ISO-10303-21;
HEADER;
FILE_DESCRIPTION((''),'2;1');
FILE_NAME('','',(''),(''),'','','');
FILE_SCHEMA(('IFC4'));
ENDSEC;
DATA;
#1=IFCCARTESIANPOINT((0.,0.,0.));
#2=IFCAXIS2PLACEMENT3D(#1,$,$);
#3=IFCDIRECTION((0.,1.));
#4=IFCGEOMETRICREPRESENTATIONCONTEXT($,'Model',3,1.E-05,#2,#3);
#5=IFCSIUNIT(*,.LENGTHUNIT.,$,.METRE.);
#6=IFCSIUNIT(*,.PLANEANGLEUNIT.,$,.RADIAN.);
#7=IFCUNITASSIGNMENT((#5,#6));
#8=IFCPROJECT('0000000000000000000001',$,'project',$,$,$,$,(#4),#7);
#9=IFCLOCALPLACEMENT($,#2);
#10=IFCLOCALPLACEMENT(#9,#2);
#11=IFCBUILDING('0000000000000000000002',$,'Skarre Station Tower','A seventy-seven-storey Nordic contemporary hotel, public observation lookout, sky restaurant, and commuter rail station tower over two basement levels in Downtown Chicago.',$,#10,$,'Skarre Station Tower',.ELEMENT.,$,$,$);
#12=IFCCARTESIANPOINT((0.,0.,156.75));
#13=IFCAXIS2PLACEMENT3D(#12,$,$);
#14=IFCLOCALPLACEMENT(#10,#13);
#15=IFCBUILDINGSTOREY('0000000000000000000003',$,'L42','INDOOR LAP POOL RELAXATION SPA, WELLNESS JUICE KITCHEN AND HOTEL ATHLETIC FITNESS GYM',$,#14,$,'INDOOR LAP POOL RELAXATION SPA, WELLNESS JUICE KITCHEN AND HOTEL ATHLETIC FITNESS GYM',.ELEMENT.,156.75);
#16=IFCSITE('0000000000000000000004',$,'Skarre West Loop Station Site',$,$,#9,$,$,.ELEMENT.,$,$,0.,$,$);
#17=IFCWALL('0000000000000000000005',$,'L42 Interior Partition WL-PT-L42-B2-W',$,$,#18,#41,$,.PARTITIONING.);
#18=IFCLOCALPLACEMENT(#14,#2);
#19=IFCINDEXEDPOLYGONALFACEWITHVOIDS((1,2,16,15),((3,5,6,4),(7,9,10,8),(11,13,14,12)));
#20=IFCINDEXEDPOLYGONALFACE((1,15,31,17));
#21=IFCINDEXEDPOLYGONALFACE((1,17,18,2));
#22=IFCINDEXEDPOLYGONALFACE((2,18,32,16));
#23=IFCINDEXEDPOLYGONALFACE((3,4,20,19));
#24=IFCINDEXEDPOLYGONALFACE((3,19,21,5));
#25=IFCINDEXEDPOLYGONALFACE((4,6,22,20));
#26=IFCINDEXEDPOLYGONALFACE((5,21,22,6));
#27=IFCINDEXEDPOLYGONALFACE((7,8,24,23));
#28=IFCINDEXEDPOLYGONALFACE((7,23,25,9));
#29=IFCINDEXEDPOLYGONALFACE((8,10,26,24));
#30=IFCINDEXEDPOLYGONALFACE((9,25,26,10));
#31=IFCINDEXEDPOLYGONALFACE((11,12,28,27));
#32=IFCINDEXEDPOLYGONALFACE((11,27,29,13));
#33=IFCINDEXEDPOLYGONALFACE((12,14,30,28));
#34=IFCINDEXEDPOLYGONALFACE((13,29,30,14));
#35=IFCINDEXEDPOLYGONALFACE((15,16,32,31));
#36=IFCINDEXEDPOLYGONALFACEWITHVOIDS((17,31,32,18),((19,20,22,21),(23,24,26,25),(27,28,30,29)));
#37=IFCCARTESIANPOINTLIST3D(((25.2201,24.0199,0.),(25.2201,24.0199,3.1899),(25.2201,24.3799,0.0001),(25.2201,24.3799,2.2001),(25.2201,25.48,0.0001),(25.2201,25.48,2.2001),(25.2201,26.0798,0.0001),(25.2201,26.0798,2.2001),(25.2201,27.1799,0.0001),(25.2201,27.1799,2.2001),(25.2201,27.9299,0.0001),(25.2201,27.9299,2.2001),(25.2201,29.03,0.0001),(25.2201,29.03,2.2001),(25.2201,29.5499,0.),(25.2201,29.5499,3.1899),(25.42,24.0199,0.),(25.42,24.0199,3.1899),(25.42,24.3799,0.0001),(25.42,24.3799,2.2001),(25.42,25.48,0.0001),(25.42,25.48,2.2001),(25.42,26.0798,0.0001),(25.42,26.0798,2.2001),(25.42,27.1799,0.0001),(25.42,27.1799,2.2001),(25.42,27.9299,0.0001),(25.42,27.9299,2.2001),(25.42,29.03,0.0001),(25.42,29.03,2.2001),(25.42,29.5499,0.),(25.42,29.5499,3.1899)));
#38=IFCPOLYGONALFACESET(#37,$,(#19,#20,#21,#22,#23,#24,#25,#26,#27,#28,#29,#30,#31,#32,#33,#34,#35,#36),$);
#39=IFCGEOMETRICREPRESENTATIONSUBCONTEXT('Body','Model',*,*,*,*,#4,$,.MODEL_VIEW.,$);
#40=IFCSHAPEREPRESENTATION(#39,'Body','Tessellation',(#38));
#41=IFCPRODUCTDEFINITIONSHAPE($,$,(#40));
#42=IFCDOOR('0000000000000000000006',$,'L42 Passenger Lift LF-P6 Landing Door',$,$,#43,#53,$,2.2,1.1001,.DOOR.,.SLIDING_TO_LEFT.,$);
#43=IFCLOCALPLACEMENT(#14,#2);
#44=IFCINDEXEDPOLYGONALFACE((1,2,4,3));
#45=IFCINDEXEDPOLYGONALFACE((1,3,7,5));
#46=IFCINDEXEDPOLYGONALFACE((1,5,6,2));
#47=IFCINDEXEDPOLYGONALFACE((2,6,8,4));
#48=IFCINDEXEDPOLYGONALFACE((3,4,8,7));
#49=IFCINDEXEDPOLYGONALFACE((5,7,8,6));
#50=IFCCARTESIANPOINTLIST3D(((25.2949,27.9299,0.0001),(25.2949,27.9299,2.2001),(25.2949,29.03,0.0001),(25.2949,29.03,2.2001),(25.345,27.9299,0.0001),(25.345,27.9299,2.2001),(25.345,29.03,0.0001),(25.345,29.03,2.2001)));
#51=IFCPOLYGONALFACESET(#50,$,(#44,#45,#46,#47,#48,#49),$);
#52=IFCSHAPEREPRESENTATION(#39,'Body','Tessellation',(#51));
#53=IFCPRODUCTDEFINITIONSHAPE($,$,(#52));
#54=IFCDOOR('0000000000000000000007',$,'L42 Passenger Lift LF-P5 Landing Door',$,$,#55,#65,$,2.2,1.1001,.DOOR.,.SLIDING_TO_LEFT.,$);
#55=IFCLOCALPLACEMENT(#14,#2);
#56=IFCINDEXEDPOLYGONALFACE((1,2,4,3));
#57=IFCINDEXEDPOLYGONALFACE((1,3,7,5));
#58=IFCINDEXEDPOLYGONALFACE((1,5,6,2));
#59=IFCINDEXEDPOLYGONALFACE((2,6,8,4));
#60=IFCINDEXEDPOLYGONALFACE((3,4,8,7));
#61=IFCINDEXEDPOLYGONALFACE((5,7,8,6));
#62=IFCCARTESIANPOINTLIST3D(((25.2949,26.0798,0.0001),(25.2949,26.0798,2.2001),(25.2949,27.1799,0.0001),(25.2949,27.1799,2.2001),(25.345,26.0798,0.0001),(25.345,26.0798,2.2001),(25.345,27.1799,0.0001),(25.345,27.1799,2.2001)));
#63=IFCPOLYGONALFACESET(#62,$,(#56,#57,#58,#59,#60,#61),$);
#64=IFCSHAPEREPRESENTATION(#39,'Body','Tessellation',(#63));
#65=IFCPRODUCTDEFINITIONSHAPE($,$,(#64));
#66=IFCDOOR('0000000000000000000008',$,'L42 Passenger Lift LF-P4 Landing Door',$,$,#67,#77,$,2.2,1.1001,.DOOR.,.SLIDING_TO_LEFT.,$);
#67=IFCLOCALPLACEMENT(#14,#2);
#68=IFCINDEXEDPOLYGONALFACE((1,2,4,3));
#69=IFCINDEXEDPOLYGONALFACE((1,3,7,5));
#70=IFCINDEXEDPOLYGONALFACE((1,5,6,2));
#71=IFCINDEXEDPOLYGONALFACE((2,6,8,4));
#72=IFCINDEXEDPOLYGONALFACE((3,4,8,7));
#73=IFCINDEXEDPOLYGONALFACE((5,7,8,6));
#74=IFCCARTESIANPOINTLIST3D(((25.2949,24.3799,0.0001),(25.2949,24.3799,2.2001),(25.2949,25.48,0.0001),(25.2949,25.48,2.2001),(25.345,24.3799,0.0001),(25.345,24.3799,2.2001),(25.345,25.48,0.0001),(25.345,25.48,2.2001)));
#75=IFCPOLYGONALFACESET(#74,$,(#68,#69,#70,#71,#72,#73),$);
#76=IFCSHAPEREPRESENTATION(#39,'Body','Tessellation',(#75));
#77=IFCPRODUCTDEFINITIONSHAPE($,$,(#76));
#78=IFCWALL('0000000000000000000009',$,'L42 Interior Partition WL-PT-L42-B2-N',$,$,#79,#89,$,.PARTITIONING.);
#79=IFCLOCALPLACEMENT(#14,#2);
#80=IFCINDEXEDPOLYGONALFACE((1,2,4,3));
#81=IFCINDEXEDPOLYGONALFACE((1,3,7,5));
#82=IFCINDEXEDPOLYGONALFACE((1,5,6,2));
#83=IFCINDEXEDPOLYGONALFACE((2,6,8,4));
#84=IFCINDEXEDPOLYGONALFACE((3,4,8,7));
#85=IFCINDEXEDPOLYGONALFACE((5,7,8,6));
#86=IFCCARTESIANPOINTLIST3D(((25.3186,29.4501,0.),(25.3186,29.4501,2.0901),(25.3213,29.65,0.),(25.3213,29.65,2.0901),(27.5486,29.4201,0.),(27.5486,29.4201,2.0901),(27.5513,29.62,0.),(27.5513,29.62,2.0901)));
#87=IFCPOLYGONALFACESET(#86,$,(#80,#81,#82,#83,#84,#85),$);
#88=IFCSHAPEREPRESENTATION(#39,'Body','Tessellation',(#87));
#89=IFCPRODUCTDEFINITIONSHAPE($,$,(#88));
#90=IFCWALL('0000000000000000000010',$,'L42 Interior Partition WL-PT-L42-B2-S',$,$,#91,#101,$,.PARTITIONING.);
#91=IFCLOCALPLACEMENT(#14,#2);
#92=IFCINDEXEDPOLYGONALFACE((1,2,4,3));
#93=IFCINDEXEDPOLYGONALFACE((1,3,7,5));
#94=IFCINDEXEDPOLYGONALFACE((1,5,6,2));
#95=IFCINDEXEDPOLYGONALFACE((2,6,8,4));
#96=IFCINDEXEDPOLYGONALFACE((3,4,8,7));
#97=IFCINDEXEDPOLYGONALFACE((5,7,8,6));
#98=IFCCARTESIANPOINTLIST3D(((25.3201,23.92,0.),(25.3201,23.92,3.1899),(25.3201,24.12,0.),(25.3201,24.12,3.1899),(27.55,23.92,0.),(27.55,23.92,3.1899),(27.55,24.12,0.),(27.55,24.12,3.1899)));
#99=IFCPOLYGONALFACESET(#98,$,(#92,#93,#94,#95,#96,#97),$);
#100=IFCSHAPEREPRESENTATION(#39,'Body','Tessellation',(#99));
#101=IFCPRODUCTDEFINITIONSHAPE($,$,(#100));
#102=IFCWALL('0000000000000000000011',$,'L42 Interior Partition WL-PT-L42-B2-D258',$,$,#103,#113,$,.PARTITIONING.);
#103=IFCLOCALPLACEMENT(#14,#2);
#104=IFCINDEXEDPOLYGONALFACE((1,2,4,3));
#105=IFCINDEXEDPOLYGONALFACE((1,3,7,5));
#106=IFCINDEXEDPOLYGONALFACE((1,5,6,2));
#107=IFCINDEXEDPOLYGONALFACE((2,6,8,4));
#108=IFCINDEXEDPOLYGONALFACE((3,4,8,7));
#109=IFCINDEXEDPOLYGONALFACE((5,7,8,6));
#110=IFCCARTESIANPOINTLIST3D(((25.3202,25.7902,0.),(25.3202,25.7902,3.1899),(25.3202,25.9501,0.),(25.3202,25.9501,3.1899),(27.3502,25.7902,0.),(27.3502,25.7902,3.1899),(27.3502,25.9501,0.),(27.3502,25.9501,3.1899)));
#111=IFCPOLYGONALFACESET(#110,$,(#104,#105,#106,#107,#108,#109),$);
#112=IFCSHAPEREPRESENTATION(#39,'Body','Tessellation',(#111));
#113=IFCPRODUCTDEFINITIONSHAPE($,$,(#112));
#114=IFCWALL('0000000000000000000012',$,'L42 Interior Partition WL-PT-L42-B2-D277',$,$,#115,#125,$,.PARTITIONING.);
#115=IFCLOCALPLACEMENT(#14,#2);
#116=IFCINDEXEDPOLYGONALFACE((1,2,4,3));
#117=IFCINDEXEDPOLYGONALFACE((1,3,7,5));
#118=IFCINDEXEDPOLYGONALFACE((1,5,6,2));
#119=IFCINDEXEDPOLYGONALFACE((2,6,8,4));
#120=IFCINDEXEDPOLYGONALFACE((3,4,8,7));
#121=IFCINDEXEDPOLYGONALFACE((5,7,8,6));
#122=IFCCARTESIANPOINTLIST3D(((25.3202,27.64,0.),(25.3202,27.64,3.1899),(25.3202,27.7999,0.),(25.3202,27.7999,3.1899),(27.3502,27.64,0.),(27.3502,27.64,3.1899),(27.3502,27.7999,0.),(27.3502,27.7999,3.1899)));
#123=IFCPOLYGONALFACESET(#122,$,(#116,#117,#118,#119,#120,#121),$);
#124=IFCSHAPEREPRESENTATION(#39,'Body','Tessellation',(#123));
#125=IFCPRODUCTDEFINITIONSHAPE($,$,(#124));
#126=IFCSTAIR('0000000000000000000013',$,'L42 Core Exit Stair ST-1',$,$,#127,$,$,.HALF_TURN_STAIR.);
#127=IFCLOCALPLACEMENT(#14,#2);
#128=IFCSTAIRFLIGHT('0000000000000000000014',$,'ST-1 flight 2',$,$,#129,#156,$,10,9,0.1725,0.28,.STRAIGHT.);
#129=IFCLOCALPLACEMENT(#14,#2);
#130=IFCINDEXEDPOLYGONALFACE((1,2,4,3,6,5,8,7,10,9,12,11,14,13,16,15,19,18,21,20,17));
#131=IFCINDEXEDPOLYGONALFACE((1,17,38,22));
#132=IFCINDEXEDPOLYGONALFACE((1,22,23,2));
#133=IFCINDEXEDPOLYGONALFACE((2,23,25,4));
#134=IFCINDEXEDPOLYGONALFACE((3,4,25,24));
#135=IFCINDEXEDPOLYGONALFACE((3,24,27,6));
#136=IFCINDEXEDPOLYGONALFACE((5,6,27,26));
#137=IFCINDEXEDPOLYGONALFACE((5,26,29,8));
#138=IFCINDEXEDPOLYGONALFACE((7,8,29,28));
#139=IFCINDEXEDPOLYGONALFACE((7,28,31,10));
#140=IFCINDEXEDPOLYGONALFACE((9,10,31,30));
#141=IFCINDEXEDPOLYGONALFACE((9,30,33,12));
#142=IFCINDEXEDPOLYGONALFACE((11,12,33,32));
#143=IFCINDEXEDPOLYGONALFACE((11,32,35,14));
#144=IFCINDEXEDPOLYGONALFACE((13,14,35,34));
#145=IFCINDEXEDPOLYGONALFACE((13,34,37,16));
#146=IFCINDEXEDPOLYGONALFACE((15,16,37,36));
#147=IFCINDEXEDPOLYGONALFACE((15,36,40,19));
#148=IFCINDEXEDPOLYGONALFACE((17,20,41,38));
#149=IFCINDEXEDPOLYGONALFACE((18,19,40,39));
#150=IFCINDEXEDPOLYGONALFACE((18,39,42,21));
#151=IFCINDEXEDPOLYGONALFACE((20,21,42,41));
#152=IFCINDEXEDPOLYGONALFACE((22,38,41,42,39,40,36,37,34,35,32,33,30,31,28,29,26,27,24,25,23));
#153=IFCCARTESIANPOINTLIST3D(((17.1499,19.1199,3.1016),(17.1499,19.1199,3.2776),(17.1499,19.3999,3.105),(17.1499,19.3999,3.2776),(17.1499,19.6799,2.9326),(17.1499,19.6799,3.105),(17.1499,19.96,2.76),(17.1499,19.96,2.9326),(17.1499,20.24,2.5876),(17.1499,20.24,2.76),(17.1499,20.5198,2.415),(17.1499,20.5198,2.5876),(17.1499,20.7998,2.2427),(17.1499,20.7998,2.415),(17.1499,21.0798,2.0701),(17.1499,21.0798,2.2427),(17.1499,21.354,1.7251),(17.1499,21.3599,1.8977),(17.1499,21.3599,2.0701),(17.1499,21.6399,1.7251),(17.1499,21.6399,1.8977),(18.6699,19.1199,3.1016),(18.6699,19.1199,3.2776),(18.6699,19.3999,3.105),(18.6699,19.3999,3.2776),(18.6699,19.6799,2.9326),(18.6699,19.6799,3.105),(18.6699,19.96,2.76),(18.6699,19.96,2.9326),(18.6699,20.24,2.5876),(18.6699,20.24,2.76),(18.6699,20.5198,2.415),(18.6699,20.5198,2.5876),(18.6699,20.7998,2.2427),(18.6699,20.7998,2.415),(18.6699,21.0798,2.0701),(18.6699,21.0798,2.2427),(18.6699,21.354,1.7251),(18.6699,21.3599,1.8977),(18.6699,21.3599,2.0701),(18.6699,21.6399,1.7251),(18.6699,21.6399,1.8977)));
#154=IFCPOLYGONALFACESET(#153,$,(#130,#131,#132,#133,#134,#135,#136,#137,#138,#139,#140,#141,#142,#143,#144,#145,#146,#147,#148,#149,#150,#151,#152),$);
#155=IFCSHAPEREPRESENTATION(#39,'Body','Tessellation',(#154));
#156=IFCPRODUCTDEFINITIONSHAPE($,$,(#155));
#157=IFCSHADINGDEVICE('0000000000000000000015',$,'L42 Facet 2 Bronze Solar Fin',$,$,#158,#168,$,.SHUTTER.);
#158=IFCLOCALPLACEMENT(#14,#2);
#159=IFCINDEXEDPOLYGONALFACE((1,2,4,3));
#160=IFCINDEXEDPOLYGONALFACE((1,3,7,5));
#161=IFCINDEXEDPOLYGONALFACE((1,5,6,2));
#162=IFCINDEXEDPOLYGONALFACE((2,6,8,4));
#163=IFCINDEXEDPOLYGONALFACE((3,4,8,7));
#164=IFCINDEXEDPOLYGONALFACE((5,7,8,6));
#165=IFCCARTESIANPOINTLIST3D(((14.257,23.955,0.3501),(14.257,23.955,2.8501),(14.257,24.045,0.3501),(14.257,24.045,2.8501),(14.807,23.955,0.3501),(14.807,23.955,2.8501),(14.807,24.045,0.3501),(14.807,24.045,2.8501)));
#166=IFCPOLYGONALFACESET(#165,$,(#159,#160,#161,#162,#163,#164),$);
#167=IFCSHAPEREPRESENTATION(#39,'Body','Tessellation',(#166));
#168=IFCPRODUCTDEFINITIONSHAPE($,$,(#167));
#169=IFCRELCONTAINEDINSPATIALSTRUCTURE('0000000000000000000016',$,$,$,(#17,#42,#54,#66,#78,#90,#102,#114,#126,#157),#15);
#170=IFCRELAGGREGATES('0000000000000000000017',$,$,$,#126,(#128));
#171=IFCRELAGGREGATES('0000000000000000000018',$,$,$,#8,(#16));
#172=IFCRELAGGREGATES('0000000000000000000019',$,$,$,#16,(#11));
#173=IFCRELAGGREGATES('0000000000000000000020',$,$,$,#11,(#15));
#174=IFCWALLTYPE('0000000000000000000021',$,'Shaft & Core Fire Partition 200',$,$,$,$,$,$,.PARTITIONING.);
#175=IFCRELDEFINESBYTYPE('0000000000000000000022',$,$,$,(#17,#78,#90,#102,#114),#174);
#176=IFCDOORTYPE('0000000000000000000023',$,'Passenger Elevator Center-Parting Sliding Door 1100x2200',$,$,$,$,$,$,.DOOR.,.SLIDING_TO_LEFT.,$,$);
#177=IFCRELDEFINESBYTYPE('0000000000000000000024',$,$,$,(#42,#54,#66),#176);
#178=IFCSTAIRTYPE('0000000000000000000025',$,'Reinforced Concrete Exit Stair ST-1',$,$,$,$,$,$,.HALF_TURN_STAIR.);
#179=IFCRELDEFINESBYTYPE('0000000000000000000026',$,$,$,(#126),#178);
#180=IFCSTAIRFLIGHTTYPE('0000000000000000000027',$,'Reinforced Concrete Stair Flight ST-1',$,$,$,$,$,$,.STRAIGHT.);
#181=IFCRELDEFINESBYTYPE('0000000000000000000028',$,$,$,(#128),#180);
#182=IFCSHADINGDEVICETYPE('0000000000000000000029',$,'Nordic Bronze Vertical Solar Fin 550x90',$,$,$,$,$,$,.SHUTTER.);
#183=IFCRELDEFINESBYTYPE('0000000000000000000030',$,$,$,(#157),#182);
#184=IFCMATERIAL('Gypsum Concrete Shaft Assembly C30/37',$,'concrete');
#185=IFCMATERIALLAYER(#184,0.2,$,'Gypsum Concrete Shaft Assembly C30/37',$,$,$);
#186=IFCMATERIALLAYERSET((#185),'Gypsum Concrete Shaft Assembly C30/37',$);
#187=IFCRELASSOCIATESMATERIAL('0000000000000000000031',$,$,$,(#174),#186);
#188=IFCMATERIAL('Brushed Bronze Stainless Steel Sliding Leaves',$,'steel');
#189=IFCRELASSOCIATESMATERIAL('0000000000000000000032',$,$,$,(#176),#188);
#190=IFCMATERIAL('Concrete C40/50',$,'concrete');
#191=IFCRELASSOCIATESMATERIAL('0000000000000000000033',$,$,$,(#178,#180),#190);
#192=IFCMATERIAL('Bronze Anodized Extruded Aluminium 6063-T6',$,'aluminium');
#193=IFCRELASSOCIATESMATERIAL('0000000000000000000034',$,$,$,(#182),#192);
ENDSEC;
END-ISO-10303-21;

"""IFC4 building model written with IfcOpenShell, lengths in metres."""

from ifc_helpers import new_model, si_unit, direction, frame, frame_2d, origin, origin_2d, place, context, subcontext, project, spatial, polyline, rectangle, outline, extrude, material, layer, layer_set, type_object, element, fill, aggregate, save


model = new_model("IFC4")

# Units and contexts
model_context = context("Model", 3, precision=1e-05, world=origin(), true_north=direction((0.0, 1.0)))
body_context = subcontext(model_context, "Body", "Model", "MODEL_VIEW")
ifc_project = project(units=[si_unit("LENGTHUNIT", "METRE"), si_unit("PLANEANGLEUNIT", "RADIAN")], contexts=[model_context])

# Site, building, storey
site_placement = place(None, origin())
site = spatial("IfcSite", under=ifc_project, at=site_placement, Name="Skarre West Loop Station Site", CompositionType="ELEMENT", RefElevation=0.0)
building_placement = place(site_placement, origin())
building = spatial("IfcBuilding", under=site, at=building_placement, Name="Skarre Station Tower", Description="A seventy-seven-storey Nordic contemporary hotel, public observation lookout, sky restaurant, and commuter rail station tower over two basement levels in Downtown Chicago.", LongName="Skarre Station Tower", CompositionType="ELEMENT")
storey_placement = place(building_placement, frame((0.0, 0.0, 156.75)))
storey = spatial("IfcBuildingStorey", under=building, at=storey_placement, Name="L42", Description="INDOOR LAP POOL RELAXATION SPA, WELLNESS JUICE KITCHEN AND HOTEL ATHLETIC FITNESS GYM", LongName="INDOOR LAP POOL RELAXATION SPA, WELLNESS JUICE KITCHEN AND HOTEL ATHLETIC FITNESS GYM", CompositionType="ELEMENT", Elevation=156.75)

# Shared definitions
ifc_material_1 = material(Name="Gypsum Concrete Shaft Assembly C30/37", Category="concrete")
ifc_layer_1 = layer(ifc_material_1, 0.2, Name="Gypsum Concrete Shaft Assembly C30/37")
ifc_layer_set_1 = layer_set([ifc_layer_1], Name="Gypsum Concrete Shaft Assembly C30/37")
wall_type_1 = type_object("IfcWallType", Name="Shaft & Core Fire Partition 200", PredefinedType="PARTITIONING", material=ifc_layer_set_1)

# Wall, openings, doors
wall_1_placement = place(storey_placement, frame((25.3201, 29.55, 0.0), z_axis=(0.0, 0.0, 1.0), x_axis=(0.0, -1.0, 0.0)))
wall_1 = element("IfcWall", 1, at=wall_1_placement, inside=storey, type_object=wall_type_1, Name="L42 Interior Partition WL-PT-L42-B2-W", PredefinedType="PARTITIONING", context=body_context, shape_type="SweptSolid", body=[
    extrude(rectangle(XDim=5.53, YDim=0.2, at=frame_2d((2.7651, 0.0))), origin(), (0.0, 0.0, 1.0), 3.1899),
])
opening_1_placement = place(wall_1_placement, frame((0.52, 0.0, 0.0)))
opening_1 = element("IfcOpeningElement", 2, at=opening_1_placement, cuts=wall_1, PredefinedType="OPENING", context=body_context, shape_type="SweptSolid", body=[
    extrude(rectangle(XDim=1.1001, YDim=2.2, at=frame_2d((0.55, 1.1001))), frame((0.0, 0.1099, 0.0), z_axis=(0.0, -1.0, 0.0), x_axis=(1.0, 0.0, 0.0)), (0.0, 0.0, 1.0), 0.22),
])
opening_2_placement = place(wall_1_placement, frame((2.3701, 0.0, 0.0)))
opening_2 = element("IfcOpeningElement", 3, at=opening_2_placement, cuts=wall_1, PredefinedType="OPENING", context=body_context, shape_type="SweptSolid", body=[
    extrude(rectangle(XDim=1.1001, YDim=2.2, at=frame_2d((0.55, 1.1001))), frame((0.0, 0.1099, 0.0), z_axis=(0.0, -1.0, 0.0), x_axis=(1.0, 0.0, 0.0)), (0.0, 0.0, 1.0), 0.22),
])
opening_3_placement = place(wall_1_placement, frame((4.0701, 0.0, 0.0)))
opening_3 = element("IfcOpeningElement", 4, at=opening_3_placement, cuts=wall_1, PredefinedType="OPENING", context=body_context, shape_type="SweptSolid", body=[
    extrude(rectangle(XDim=1.1001, YDim=2.2, at=frame_2d((0.55, 1.1001))), frame((0.0, 0.1099, 0.0), z_axis=(0.0, -1.0, 0.0), x_axis=(1.0, 0.0, 0.0)), (0.0, 0.0, 1.0), 0.22),
])
ifc_material_2 = material(Name="Brushed Bronze Stainless Steel Sliding Leaves", Category="steel")
door_type_1 = type_object("IfcDoorType", Name="Passenger Elevator Center-Parting Sliding Door 1100x2200", OperationType="SLIDING_TO_LEFT", PredefinedType="DOOR", material=ifc_material_2)
door_1_placement = place(opening_1_placement, origin())
door_1 = element("IfcDoor", 5, at=door_1_placement, inside=storey, type_object=door_type_1, Name="L42 Passenger Lift LF-P6 Landing Door", OperationType="SLIDING_TO_LEFT", OverallHeight=2.2, OverallWidth=1.1001, PredefinedType="DOOR", context=body_context, shape_type="SweptSolid", body=[
    extrude(rectangle(XDim=1.1001, YDim=2.2, at=frame_2d((0.55, 1.1001))), frame((0.0, 0.0249, 0.0), z_axis=(0.0, -1.0, 0.0), x_axis=(1.0, 0.0, 0.0)), (0.0, 0.0, 1.0), 0.05),
])
fill(opening_1, door_1)
door_2_placement = place(opening_2_placement, origin())
door_2 = element("IfcDoor", 6, at=door_2_placement, inside=storey, type_object=door_type_1, Name="L42 Passenger Lift LF-P5 Landing Door", OperationType="SLIDING_TO_LEFT", OverallHeight=2.2, OverallWidth=1.1001, PredefinedType="DOOR", context=body_context, shape_type="SweptSolid", body=[
    extrude(rectangle(XDim=1.1001, YDim=2.2, at=frame_2d((0.55, 1.1001))), frame((0.0, 0.0249, 0.0), z_axis=(0.0, -1.0, 0.0), x_axis=(1.0, 0.0, 0.0)), (0.0, 0.0, 1.0), 0.05),
])
fill(opening_2, door_2)
door_3_placement = place(opening_3_placement, origin())
door_3 = element("IfcDoor", 7, at=door_3_placement, inside=storey, type_object=door_type_1, Name="L42 Passenger Lift LF-P4 Landing Door", OperationType="SLIDING_TO_LEFT", OverallHeight=2.2, OverallWidth=1.1001, PredefinedType="DOOR", context=body_context, shape_type="SweptSolid", body=[
    extrude(rectangle(XDim=1.1001, YDim=2.2, at=frame_2d((0.55, 1.1001))), frame((0.0, 0.0249, 0.0), z_axis=(0.0, -1.0, 0.0), x_axis=(1.0, 0.0, 0.0)), (0.0, 0.0, 1.0), 0.05),
])
fill(opening_3, door_3)

# Walls
wall_2_placement = place(storey_placement, frame((27.55, 29.52, 0.0), z_axis=(0.0, 0.0, 1.0), x_axis=(-0.999909, 0.013465, 0.0)))
element("IfcWall", 8, at=wall_2_placement, inside=storey, type_object=wall_type_1, Name="L42 Interior Partition WL-PT-L42-B2-N", PredefinedType="PARTITIONING", context=body_context, shape_type="SweptSolid", body=[
    extrude(rectangle(XDim=2.2302, YDim=0.2, at=frame_2d((1.1152, 0.0))), origin(), (0.0, 0.0, 1.0), 2.0901),
])
wall_3_placement = place(storey_placement, frame((25.3201, 24.02, 0.0), z_axis=(0.0, 0.0, 1.0), x_axis=(1.0, 0.0, 0.0)))
element("IfcWall", 9, at=wall_3_placement, inside=storey, type_object=wall_type_1, Name="L42 Interior Partition WL-PT-L42-B2-S", PredefinedType="PARTITIONING", context=body_context, shape_type="SweptSolid", body=[
    extrude(rectangle(XDim=2.23, YDim=0.2, at=frame_2d((1.115, 0.0))), origin(), (0.0, 0.0, 1.0), 3.1899),
])
for number, where, z_axis, x_axis, name in (
    (10, (25.3201, 25.8701, 0.0), (0.0, 0.0, 1.0), (1.0, 0.0, 0.0), "L42 Interior Partition WL-PT-L42-B2-D258"),
    (11, (25.3201, 27.72, 0.0), (0.0, 0.0, 1.0), (1.0, 0.0, 0.0), "L42 Interior Partition WL-PT-L42-B2-D277"),
):
    element("IfcWall", number, at=place(storey_placement, frame(where, z_axis=z_axis, x_axis=x_axis)), inside=storey, type_object=wall_type_1, Name=name, PredefinedType="PARTITIONING", context=body_context, shape_type="SweptSolid", body=[
        extrude(rectangle(XDim=2.03, YDim=0.1599, at=frame_2d((1.0151, 0.0))), origin(), (0.0, 0.0, 1.0), 3.1899),
    ])

# Stair, stair flight
ifc_material_3 = material(Name="Concrete C40/50", Category="concrete")
stair_type = type_object("IfcStairType", Name="Reinforced Concrete Exit Stair ST-1", PredefinedType="HALF_TURN_STAIR", material=ifc_material_3)
stair_placement = place(storey_placement, origin())
stair = element("IfcStair", 12, at=stair_placement, inside=storey, type_object=stair_type, Name="L42 Core Exit Stair ST-1", PredefinedType="HALF_TURN_STAIR")
stair_flight_type = type_object("IfcStairFlightType", Name="Reinforced Concrete Stair Flight ST-1", PredefinedType="STRAIGHT", material=ifc_material_3)
stair_flight_placement = place(storey_placement, frame((17.9099, 21.6399, 1.7251), z_axis=(0.0, 0.0, 1.0), x_axis=(0.0, -1.0, 0.0)))
stair_flight = element("IfcStairFlight", 13, at=stair_flight_placement, type_object=stair_flight_type, Name="ST-1 flight 2", NumberOfRisers=10, NumberOfTreads=9, PredefinedType="STRAIGHT", RiserHeight=0.1725, TreadLength=0.28, context=body_context, shape_type="SweptSolid", body=[
    extrude(outline(polyline([(0.0, 0.0), (0.0, 0.1726), (0.28, 0.1726), (0.28, 0.345), (0.5601, 0.345), (0.5601, 0.5176), (0.8401, 0.5176), (0.8401, 0.6899), (1.1201, 0.6899), (1.1201, 0.8625), (1.3999, 0.8625), (1.3999, 1.0349), (1.6799, 1.0349), (1.6799, 1.2075), (1.96, 1.2075), (1.96, 1.3799), (2.24, 1.3799), (2.24, 1.5525), (2.52, 1.5525), (2.52, 1.7251), (2.52, 1.3765), (0.2859, 0.0), (0.0, 0.0)])), frame((0.0, 0.76, 0.0), z_axis=(0.0, -1.0, 0.0), x_axis=(1.0, 0.0, 0.0)), (0.0, 0.0, 1.0), 1.52),
])
aggregate(stair, [stair_flight])

# Shading device
ifc_material_4 = material(Name="Bronze Anodized Extruded Aluminium 6063-T6", Category="aluminium")
shading_device_type = type_object("IfcShadingDeviceType", Name="Nordic Bronze Vertical Solar Fin 550x90", PredefinedType="SHUTTER", material=ifc_material_4)
shading_device_placement = place(storey_placement, frame((14.532, 24.0, 0.3501), z_axis=(0.0, 0.0, 1.0), x_axis=(-1.0, 0.0, 0.0)))
element("IfcShadingDevice", 14, at=shading_device_placement, inside=storey, type_object=shading_device_type, Name="L42 Facet 2 Bronze Solar Fin", PredefinedType="SHUTTER", context=body_context, shape_type="SweptSolid", body=[
    extrude(rectangle(XDim=0.55, YDim=0.0901, at=origin_2d()), origin(), (0.0, 0.0, 1.0), 2.5),
])

save(model, "model.ifc")
